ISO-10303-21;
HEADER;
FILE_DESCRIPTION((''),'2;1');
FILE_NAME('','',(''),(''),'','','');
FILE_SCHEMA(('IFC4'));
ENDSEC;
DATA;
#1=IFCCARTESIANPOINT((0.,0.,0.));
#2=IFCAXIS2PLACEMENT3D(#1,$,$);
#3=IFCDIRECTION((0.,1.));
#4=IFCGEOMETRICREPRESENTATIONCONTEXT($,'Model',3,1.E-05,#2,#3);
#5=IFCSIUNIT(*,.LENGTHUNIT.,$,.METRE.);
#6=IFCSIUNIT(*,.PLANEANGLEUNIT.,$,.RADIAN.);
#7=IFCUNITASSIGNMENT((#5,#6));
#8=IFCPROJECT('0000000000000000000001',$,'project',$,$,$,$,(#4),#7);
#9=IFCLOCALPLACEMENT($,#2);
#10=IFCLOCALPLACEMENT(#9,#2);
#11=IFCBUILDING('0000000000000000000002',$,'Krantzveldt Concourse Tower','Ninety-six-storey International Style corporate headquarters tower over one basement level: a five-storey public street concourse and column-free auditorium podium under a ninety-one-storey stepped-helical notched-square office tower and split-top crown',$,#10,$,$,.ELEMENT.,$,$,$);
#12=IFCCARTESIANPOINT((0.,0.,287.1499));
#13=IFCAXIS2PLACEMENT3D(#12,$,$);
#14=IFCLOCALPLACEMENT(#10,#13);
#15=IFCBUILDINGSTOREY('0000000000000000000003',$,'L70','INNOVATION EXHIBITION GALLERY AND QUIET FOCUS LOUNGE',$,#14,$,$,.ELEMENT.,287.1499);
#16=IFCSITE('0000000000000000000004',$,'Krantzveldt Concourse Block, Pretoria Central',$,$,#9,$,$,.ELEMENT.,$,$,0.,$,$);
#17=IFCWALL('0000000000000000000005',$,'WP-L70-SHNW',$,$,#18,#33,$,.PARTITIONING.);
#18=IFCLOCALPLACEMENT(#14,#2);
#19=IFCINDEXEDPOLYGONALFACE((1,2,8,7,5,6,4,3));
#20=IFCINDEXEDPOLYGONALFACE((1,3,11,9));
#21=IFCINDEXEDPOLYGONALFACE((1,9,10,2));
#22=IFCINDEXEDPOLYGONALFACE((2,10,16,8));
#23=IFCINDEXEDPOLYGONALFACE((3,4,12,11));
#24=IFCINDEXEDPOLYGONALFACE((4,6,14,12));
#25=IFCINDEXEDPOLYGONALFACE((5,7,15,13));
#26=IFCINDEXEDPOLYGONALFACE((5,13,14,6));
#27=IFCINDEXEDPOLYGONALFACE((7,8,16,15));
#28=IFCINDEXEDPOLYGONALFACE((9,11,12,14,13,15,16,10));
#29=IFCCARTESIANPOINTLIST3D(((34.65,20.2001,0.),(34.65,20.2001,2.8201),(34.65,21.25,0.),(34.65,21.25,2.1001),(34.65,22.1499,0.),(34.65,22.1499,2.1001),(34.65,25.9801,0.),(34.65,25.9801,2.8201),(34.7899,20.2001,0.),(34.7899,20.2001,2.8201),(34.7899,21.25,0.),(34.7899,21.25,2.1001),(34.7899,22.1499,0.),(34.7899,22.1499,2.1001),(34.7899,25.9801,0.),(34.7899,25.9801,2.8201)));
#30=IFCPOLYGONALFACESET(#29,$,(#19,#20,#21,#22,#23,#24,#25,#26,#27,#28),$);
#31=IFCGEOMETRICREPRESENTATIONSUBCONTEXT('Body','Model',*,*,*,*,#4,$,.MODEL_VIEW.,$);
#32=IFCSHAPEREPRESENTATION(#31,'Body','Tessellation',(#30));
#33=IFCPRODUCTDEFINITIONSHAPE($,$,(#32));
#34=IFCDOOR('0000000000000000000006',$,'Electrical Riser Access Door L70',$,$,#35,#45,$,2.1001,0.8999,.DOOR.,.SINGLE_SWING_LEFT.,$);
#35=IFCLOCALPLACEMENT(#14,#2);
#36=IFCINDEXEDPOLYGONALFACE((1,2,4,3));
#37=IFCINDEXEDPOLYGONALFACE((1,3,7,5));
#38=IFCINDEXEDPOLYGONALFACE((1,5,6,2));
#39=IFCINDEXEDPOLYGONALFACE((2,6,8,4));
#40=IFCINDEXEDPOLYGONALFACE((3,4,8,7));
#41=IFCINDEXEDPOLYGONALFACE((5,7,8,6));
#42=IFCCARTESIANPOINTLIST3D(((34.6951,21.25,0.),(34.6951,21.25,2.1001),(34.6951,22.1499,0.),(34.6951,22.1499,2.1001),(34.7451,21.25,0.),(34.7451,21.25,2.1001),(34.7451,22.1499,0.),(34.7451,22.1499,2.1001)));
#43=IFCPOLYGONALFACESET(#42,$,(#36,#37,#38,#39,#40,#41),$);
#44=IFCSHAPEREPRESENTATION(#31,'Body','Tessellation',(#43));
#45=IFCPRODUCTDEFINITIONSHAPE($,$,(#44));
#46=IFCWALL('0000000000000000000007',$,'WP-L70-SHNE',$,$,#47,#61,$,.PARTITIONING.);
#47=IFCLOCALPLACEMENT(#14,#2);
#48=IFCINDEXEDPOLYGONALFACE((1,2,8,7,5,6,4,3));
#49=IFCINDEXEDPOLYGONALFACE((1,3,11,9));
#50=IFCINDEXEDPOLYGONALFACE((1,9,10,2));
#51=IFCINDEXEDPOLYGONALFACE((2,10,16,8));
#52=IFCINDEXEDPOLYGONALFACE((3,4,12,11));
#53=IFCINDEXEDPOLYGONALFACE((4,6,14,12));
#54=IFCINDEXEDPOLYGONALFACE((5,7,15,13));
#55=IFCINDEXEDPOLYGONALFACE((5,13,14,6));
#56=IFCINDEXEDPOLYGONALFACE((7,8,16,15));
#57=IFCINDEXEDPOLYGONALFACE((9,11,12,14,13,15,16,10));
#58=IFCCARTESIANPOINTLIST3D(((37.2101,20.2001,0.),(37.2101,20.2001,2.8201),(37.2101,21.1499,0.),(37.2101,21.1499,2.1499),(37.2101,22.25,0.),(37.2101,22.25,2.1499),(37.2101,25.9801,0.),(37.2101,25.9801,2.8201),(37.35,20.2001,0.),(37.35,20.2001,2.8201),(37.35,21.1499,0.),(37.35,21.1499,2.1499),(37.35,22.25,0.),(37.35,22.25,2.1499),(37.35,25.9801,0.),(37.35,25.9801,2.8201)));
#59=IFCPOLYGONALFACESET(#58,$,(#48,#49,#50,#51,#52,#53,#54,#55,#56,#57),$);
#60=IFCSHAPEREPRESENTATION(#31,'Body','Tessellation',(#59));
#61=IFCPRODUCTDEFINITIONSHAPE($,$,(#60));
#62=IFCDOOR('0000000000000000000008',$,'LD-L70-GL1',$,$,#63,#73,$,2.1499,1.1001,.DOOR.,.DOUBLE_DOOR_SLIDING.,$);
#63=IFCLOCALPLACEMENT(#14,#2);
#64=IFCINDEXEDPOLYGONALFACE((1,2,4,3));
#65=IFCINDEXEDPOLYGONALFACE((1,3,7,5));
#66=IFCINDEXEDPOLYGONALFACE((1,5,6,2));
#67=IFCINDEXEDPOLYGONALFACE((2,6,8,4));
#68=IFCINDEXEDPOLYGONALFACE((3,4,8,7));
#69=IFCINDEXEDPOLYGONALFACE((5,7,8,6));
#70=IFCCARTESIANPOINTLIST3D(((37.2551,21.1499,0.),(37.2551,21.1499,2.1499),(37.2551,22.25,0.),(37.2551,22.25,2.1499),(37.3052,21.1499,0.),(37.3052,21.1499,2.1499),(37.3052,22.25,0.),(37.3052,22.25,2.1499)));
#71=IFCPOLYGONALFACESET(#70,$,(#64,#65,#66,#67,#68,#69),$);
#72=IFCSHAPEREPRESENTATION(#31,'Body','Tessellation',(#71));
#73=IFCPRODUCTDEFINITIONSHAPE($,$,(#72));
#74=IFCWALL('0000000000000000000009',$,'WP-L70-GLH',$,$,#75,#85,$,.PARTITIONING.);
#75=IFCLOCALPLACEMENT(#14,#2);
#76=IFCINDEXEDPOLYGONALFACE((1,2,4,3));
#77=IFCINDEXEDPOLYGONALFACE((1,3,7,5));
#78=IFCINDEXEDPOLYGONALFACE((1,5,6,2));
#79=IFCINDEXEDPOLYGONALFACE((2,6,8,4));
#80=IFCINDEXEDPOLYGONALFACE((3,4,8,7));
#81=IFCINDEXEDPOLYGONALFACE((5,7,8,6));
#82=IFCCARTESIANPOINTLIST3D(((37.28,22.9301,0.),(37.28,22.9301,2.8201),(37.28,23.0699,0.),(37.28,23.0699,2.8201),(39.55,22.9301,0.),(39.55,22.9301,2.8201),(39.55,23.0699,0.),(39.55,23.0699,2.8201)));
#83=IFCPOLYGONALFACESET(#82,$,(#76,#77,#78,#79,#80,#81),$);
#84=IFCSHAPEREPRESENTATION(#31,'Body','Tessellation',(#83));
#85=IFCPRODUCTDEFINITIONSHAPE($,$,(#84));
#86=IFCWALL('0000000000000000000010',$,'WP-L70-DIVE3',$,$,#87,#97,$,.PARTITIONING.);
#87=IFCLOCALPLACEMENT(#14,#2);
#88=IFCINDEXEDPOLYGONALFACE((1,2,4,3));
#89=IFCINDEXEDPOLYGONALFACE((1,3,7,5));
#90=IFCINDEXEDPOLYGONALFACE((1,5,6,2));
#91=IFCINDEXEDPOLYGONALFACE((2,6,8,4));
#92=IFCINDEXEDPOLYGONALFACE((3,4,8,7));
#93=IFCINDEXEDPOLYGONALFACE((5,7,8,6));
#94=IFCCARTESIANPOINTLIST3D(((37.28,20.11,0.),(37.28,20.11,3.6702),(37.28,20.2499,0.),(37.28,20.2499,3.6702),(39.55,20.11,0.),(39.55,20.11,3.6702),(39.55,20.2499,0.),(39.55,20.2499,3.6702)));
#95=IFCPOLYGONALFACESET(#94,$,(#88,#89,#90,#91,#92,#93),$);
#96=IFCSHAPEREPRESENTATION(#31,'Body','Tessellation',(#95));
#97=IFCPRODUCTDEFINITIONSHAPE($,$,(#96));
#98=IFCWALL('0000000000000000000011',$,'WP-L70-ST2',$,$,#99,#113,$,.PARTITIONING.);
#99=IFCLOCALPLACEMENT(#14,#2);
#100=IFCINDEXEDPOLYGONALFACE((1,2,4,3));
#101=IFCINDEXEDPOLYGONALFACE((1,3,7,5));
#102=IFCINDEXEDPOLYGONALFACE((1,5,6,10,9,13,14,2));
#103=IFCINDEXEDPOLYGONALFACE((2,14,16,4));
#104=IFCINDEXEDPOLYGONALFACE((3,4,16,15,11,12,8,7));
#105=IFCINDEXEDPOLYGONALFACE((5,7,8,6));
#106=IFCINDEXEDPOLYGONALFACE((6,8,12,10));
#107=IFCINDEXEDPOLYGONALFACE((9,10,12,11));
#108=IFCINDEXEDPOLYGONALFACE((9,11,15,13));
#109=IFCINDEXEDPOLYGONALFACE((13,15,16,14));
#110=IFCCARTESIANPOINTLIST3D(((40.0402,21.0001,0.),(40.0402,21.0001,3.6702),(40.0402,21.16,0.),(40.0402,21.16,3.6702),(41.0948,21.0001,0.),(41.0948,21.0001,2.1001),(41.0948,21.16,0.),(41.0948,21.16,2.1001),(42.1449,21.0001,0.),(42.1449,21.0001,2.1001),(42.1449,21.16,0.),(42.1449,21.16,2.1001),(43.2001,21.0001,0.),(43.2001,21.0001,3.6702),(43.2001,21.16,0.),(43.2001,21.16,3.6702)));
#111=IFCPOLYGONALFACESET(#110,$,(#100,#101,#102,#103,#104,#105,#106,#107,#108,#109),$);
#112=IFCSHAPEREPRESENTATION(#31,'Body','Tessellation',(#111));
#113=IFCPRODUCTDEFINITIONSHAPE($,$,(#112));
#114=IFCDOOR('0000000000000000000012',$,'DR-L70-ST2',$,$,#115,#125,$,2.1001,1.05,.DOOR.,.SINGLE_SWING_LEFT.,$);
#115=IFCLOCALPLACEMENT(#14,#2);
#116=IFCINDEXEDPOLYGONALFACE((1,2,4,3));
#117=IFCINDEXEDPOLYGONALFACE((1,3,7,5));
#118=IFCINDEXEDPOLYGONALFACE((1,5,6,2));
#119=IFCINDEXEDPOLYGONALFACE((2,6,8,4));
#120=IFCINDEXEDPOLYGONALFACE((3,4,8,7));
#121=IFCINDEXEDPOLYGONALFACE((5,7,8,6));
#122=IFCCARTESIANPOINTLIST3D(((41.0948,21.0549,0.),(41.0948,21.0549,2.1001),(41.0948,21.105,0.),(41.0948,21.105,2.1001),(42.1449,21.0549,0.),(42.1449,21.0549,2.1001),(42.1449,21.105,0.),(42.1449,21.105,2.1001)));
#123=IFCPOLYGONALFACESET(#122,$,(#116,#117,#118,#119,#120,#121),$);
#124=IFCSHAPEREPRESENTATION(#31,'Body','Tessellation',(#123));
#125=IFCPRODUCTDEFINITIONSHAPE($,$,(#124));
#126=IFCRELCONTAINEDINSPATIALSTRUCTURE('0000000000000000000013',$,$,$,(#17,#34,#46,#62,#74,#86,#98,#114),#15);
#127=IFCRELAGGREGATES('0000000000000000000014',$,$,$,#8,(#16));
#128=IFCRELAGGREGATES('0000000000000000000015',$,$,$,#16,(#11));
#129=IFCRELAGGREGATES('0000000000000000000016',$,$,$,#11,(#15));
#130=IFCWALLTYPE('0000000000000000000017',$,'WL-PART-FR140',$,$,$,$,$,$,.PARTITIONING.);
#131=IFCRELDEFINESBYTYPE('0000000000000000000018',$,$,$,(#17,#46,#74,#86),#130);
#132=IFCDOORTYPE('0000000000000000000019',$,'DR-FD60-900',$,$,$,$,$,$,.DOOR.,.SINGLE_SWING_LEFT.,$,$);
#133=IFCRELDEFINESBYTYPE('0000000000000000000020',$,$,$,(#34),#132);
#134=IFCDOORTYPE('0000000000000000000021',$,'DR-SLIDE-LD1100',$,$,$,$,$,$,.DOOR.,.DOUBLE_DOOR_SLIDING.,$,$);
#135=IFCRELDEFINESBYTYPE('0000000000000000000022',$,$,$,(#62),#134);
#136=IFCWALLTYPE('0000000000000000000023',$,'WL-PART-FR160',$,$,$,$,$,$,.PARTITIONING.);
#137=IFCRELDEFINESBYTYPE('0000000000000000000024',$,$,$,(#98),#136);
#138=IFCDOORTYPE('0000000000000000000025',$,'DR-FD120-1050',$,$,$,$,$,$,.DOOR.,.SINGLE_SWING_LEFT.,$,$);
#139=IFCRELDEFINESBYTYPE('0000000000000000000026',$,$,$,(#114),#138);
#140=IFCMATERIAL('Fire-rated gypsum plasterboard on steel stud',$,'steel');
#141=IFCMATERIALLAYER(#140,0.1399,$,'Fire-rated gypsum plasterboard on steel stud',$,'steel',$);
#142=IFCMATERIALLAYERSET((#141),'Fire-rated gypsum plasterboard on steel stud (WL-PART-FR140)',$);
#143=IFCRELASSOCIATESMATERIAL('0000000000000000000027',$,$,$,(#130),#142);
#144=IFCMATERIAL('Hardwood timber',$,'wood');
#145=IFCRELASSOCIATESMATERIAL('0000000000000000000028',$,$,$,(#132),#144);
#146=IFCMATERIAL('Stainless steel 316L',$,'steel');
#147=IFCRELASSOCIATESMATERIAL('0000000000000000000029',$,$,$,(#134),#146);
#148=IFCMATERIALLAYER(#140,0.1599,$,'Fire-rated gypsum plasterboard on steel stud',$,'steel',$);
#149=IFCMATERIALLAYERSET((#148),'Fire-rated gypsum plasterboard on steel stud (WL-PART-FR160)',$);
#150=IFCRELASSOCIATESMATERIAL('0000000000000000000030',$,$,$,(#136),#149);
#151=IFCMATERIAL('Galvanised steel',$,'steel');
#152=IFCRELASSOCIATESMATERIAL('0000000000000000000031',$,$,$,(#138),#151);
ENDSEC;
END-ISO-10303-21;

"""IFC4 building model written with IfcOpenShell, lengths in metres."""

from ifc_helpers import new_model, si_unit, direction, frame, frame_2d, origin, place, context, subcontext, project, spatial, rectangle, extrude, material, layer, layer_set, type_object, element, fill, save


model = new_model("IFC4")

# Units and contexts
model_context = context("Model", 3, precision=1e-05, world=origin(), true_north=direction((0.0, 1.0)))
body_context = subcontext(model_context, "Body", "Model", "MODEL_VIEW")
ifc_project = project(units=[si_unit("LENGTHUNIT", "METRE"), si_unit("PLANEANGLEUNIT", "RADIAN")], contexts=[model_context])

# Site, building, storey
site_placement = place(None, origin())
site = spatial("IfcSite", under=ifc_project, at=site_placement, Name="Krantzveldt Concourse Block, Pretoria Central", CompositionType="ELEMENT", RefElevation=0.0)
building_placement = place(site_placement, origin())
building = spatial("IfcBuilding", under=site, at=building_placement, Name="Krantzveldt Concourse Tower", Description="Ninety-six-storey International Style corporate headquarters tower over one basement level: a five-storey public street concourse and column-free auditorium podium under a ninety-one-storey stepped-helical notched-square office tower and split-top crown", CompositionType="ELEMENT")
storey_placement = place(building_placement, frame((0.0, 0.0, 287.1499)))
storey = spatial("IfcBuildingStorey", under=building, at=storey_placement, Name="L70", Description="INNOVATION EXHIBITION GALLERY AND QUIET FOCUS LOUNGE", CompositionType="ELEMENT", Elevation=287.1499)

# Shared definitions
ifc_material_1 = material(Name="Fire-rated gypsum plasterboard on steel stud", Category="steel")

# Walls, openings, doors
ifc_layer_1 = layer(ifc_material_1, 0.1399, Name="Fire-rated gypsum plasterboard on steel stud", Category="steel")
ifc_layer_set_1 = layer_set([ifc_layer_1], Name="Fire-rated gypsum plasterboard on steel stud (WL-PART-FR140)")
wall_type_1 = type_object("IfcWallType", Name="WL-PART-FR140", PredefinedType="PARTITIONING", material=ifc_layer_set_1)
wall_1_placement = place(storey_placement, frame((34.72, 20.2, 0.0), z_axis=(0.0, 0.0, 1.0), x_axis=(0.0, 1.0, 0.0)))
wall_1 = element("IfcWall", 1, at=wall_1_placement, inside=storey, type_object=wall_type_1, Name="WP-L70-SHNW", PredefinedType="PARTITIONING", context=body_context, shape_type="SweptSolid", body=[
    extrude(rectangle(XDim=5.78, YDim=0.1399, at=frame_2d((2.8901, 0.0))), origin(), (0.0, 0.0, 1.0), 2.8201),
])
opening_1_placement = place(wall_1_placement, frame((1.05, 0.0, 0.0)))
opening_1 = element("IfcOpeningElement", 2, at=opening_1_placement, cuts=wall_1, PredefinedType="OPENING", context=body_context, shape_type="SweptSolid", body=[
    extrude(rectangle(XDim=0.8999, YDim=2.1001, at=frame_2d((0.45, 1.05))), frame((0.0, 0.0801, 0.0), z_axis=(0.0, -1.0, 0.0), x_axis=(1.0, 0.0, 0.0)), (0.0, 0.0, 1.0), 0.1599),
])
ifc_material_2 = material(Name="Hardwood timber", Category="wood")
door_type_1 = type_object("IfcDoorType", Name="DR-FD60-900", OperationType="SINGLE_SWING_LEFT", PredefinedType="DOOR", material=ifc_material_2)
door_1_placement = place(opening_1_placement, origin())
door_1 = element("IfcDoor", 3, at=door_1_placement, inside=storey, type_object=door_type_1, Name="Electrical Riser Access Door L70", OperationType="SINGLE_SWING_LEFT", OverallHeight=2.1001, OverallWidth=0.8999, PredefinedType="DOOR", context=body_context, shape_type="SweptSolid", body=[
    extrude(rectangle(XDim=0.8999, YDim=2.1001, at=frame_2d((0.45, 1.05))), frame((0.0, 0.0249, 0.0), z_axis=(0.0, -1.0, 0.0), x_axis=(1.0, 0.0, 0.0)), (0.0, 0.0, 1.0), 0.05),
])
fill(opening_1, door_1)
wall_2_placement = place(storey_placement, frame((37.28, 20.2, 0.0), z_axis=(0.0, 0.0, 1.0), x_axis=(0.0, 1.0, 0.0)))
wall_2 = element("IfcWall", 4, at=wall_2_placement, inside=storey, type_object=wall_type_1, Name="WP-L70-SHNE", PredefinedType="PARTITIONING", context=body_context, shape_type="SweptSolid", body=[
    extrude(rectangle(XDim=5.78, YDim=0.1399, at=frame_2d((2.8901, 0.0))), origin(), (0.0, 0.0, 1.0), 2.8201),
])
opening_2_placement = place(wall_2_placement, frame((0.95, 0.0, 0.0)))
opening_2 = element("IfcOpeningElement", 5, at=opening_2_placement, cuts=wall_2, PredefinedType="OPENING", context=body_context, shape_type="SweptSolid", body=[
    extrude(rectangle(XDim=1.1001, YDim=2.1499, at=frame_2d((0.55, 1.075))), frame((0.0, 0.0801, 0.0), z_axis=(0.0, -1.0, 0.0), x_axis=(1.0, 0.0, 0.0)), (0.0, 0.0, 1.0), 0.1599),
])
ifc_material_3 = material(Name="Stainless steel 316L", Category="steel")
door_type_2 = type_object("IfcDoorType", Name="DR-SLIDE-LD1100", OperationType="DOUBLE_DOOR_SLIDING", PredefinedType="DOOR", material=ifc_material_3)
door_2_placement = place(opening_2_placement, origin())
door_2 = element("IfcDoor", 6, at=door_2_placement, inside=storey, type_object=door_type_2, Name="LD-L70-GL1", OperationType="DOUBLE_DOOR_SLIDING", OverallHeight=2.1499, OverallWidth=1.1001, PredefinedType="DOOR", context=body_context, shape_type="SweptSolid", body=[
    extrude(rectangle(XDim=1.1001, YDim=2.1499, at=frame_2d((0.55, 1.075))), frame((0.0, 0.0249, 0.0), z_axis=(0.0, -1.0, 0.0), x_axis=(1.0, 0.0, 0.0)), (0.0, 0.0, 1.0), 0.05),
])
fill(opening_2, door_2)

# Walls
wall_3_placement = place(storey_placement, frame((37.28, 23.0, 0.0), z_axis=(0.0, 0.0, 1.0), x_axis=(1.0, 0.0, 0.0)))
element("IfcWall", 7, at=wall_3_placement, inside=storey, type_object=wall_type_1, Name="WP-L70-GLH", PredefinedType="PARTITIONING", context=body_context, shape_type="SweptSolid", body=[
    extrude(rectangle(XDim=2.27, YDim=0.1399, at=frame_2d((1.135, 0.0))), origin(), (0.0, 0.0, 1.0), 2.8201),
])
wall_4_placement = place(storey_placement, frame((37.28, 20.1799, 0.0), z_axis=(0.0, 0.0, 1.0), x_axis=(1.0, 0.0, 0.0)))
element("IfcWall", 8, at=wall_4_placement, inside=storey, type_object=wall_type_1, Name="WP-L70-DIVE3", PredefinedType="PARTITIONING", context=body_context, shape_type="SweptSolid", body=[
    extrude(rectangle(XDim=2.27, YDim=0.1399, at=frame_2d((1.135, 0.0))), origin(), (0.0, 0.0, 1.0), 3.6702),
])

# Wall, opening, door
ifc_layer_2 = layer(ifc_material_1, 0.1599, Name="Fire-rated gypsum plasterboard on steel stud", Category="steel")
ifc_layer_set_2 = layer_set([ifc_layer_2], Name="Fire-rated gypsum plasterboard on steel stud (WL-PART-FR160)")
wall_type_2 = type_object("IfcWallType", Name="WL-PART-FR160", PredefinedType="PARTITIONING", material=ifc_layer_set_2)
wall_5_placement = place(storey_placement, frame((40.04, 21.0801, 0.0), z_axis=(0.0, 0.0, 1.0), x_axis=(1.0, 0.0, 0.0)))
wall_5 = element("IfcWall", 9, at=wall_5_placement, inside=storey, type_object=wall_type_2, Name="WP-L70-ST2", PredefinedType="PARTITIONING", context=body_context, shape_type="SweptSolid", body=[
    extrude(rectangle(XDim=3.1599, YDim=0.1599, at=frame_2d((1.5801, 0.0))), origin(), (0.0, 0.0, 1.0), 3.6702),
])
opening_3_placement = place(wall_5_placement, frame((1.0549, 0.0, 0.0)))
opening_3 = element("IfcOpeningElement", 10, at=opening_3_placement, cuts=wall_5, PredefinedType="OPENING", context=body_context, shape_type="SweptSolid", body=[
    extrude(rectangle(XDim=1.05, YDim=2.1001, at=frame_2d((0.5249, 1.05))), frame((0.0, 0.0898, 0.0), z_axis=(0.0, -1.0, 0.0), x_axis=(1.0, 0.0, 0.0)), (0.0, 0.0, 1.0), 0.1799),
])
ifc_material_4 = material(Name="Galvanised steel", Category="steel")
door_type_3 = type_object("IfcDoorType", Name="DR-FD120-1050", OperationType="SINGLE_SWING_LEFT", PredefinedType="DOOR", material=ifc_material_4)
door_3_placement = place(opening_3_placement, origin())
door_3 = element("IfcDoor", 11, at=door_3_placement, inside=storey, type_object=door_type_3, Name="DR-L70-ST2", OperationType="SINGLE_SWING_LEFT", OverallHeight=2.1001, OverallWidth=1.05, PredefinedType="DOOR", context=body_context, shape_type="SweptSolid", body=[
    extrude(rectangle(XDim=1.05, YDim=2.1001, at=frame_2d((0.5249, 1.05))), frame((0.0, 0.0249, 0.0), z_axis=(0.0, -1.0, 0.0), x_axis=(1.0, 0.0, 0.0)), (0.0, 0.0, 1.0), 0.05),
])
fill(opening_3, door_3)

save(model, "model.ifc")
